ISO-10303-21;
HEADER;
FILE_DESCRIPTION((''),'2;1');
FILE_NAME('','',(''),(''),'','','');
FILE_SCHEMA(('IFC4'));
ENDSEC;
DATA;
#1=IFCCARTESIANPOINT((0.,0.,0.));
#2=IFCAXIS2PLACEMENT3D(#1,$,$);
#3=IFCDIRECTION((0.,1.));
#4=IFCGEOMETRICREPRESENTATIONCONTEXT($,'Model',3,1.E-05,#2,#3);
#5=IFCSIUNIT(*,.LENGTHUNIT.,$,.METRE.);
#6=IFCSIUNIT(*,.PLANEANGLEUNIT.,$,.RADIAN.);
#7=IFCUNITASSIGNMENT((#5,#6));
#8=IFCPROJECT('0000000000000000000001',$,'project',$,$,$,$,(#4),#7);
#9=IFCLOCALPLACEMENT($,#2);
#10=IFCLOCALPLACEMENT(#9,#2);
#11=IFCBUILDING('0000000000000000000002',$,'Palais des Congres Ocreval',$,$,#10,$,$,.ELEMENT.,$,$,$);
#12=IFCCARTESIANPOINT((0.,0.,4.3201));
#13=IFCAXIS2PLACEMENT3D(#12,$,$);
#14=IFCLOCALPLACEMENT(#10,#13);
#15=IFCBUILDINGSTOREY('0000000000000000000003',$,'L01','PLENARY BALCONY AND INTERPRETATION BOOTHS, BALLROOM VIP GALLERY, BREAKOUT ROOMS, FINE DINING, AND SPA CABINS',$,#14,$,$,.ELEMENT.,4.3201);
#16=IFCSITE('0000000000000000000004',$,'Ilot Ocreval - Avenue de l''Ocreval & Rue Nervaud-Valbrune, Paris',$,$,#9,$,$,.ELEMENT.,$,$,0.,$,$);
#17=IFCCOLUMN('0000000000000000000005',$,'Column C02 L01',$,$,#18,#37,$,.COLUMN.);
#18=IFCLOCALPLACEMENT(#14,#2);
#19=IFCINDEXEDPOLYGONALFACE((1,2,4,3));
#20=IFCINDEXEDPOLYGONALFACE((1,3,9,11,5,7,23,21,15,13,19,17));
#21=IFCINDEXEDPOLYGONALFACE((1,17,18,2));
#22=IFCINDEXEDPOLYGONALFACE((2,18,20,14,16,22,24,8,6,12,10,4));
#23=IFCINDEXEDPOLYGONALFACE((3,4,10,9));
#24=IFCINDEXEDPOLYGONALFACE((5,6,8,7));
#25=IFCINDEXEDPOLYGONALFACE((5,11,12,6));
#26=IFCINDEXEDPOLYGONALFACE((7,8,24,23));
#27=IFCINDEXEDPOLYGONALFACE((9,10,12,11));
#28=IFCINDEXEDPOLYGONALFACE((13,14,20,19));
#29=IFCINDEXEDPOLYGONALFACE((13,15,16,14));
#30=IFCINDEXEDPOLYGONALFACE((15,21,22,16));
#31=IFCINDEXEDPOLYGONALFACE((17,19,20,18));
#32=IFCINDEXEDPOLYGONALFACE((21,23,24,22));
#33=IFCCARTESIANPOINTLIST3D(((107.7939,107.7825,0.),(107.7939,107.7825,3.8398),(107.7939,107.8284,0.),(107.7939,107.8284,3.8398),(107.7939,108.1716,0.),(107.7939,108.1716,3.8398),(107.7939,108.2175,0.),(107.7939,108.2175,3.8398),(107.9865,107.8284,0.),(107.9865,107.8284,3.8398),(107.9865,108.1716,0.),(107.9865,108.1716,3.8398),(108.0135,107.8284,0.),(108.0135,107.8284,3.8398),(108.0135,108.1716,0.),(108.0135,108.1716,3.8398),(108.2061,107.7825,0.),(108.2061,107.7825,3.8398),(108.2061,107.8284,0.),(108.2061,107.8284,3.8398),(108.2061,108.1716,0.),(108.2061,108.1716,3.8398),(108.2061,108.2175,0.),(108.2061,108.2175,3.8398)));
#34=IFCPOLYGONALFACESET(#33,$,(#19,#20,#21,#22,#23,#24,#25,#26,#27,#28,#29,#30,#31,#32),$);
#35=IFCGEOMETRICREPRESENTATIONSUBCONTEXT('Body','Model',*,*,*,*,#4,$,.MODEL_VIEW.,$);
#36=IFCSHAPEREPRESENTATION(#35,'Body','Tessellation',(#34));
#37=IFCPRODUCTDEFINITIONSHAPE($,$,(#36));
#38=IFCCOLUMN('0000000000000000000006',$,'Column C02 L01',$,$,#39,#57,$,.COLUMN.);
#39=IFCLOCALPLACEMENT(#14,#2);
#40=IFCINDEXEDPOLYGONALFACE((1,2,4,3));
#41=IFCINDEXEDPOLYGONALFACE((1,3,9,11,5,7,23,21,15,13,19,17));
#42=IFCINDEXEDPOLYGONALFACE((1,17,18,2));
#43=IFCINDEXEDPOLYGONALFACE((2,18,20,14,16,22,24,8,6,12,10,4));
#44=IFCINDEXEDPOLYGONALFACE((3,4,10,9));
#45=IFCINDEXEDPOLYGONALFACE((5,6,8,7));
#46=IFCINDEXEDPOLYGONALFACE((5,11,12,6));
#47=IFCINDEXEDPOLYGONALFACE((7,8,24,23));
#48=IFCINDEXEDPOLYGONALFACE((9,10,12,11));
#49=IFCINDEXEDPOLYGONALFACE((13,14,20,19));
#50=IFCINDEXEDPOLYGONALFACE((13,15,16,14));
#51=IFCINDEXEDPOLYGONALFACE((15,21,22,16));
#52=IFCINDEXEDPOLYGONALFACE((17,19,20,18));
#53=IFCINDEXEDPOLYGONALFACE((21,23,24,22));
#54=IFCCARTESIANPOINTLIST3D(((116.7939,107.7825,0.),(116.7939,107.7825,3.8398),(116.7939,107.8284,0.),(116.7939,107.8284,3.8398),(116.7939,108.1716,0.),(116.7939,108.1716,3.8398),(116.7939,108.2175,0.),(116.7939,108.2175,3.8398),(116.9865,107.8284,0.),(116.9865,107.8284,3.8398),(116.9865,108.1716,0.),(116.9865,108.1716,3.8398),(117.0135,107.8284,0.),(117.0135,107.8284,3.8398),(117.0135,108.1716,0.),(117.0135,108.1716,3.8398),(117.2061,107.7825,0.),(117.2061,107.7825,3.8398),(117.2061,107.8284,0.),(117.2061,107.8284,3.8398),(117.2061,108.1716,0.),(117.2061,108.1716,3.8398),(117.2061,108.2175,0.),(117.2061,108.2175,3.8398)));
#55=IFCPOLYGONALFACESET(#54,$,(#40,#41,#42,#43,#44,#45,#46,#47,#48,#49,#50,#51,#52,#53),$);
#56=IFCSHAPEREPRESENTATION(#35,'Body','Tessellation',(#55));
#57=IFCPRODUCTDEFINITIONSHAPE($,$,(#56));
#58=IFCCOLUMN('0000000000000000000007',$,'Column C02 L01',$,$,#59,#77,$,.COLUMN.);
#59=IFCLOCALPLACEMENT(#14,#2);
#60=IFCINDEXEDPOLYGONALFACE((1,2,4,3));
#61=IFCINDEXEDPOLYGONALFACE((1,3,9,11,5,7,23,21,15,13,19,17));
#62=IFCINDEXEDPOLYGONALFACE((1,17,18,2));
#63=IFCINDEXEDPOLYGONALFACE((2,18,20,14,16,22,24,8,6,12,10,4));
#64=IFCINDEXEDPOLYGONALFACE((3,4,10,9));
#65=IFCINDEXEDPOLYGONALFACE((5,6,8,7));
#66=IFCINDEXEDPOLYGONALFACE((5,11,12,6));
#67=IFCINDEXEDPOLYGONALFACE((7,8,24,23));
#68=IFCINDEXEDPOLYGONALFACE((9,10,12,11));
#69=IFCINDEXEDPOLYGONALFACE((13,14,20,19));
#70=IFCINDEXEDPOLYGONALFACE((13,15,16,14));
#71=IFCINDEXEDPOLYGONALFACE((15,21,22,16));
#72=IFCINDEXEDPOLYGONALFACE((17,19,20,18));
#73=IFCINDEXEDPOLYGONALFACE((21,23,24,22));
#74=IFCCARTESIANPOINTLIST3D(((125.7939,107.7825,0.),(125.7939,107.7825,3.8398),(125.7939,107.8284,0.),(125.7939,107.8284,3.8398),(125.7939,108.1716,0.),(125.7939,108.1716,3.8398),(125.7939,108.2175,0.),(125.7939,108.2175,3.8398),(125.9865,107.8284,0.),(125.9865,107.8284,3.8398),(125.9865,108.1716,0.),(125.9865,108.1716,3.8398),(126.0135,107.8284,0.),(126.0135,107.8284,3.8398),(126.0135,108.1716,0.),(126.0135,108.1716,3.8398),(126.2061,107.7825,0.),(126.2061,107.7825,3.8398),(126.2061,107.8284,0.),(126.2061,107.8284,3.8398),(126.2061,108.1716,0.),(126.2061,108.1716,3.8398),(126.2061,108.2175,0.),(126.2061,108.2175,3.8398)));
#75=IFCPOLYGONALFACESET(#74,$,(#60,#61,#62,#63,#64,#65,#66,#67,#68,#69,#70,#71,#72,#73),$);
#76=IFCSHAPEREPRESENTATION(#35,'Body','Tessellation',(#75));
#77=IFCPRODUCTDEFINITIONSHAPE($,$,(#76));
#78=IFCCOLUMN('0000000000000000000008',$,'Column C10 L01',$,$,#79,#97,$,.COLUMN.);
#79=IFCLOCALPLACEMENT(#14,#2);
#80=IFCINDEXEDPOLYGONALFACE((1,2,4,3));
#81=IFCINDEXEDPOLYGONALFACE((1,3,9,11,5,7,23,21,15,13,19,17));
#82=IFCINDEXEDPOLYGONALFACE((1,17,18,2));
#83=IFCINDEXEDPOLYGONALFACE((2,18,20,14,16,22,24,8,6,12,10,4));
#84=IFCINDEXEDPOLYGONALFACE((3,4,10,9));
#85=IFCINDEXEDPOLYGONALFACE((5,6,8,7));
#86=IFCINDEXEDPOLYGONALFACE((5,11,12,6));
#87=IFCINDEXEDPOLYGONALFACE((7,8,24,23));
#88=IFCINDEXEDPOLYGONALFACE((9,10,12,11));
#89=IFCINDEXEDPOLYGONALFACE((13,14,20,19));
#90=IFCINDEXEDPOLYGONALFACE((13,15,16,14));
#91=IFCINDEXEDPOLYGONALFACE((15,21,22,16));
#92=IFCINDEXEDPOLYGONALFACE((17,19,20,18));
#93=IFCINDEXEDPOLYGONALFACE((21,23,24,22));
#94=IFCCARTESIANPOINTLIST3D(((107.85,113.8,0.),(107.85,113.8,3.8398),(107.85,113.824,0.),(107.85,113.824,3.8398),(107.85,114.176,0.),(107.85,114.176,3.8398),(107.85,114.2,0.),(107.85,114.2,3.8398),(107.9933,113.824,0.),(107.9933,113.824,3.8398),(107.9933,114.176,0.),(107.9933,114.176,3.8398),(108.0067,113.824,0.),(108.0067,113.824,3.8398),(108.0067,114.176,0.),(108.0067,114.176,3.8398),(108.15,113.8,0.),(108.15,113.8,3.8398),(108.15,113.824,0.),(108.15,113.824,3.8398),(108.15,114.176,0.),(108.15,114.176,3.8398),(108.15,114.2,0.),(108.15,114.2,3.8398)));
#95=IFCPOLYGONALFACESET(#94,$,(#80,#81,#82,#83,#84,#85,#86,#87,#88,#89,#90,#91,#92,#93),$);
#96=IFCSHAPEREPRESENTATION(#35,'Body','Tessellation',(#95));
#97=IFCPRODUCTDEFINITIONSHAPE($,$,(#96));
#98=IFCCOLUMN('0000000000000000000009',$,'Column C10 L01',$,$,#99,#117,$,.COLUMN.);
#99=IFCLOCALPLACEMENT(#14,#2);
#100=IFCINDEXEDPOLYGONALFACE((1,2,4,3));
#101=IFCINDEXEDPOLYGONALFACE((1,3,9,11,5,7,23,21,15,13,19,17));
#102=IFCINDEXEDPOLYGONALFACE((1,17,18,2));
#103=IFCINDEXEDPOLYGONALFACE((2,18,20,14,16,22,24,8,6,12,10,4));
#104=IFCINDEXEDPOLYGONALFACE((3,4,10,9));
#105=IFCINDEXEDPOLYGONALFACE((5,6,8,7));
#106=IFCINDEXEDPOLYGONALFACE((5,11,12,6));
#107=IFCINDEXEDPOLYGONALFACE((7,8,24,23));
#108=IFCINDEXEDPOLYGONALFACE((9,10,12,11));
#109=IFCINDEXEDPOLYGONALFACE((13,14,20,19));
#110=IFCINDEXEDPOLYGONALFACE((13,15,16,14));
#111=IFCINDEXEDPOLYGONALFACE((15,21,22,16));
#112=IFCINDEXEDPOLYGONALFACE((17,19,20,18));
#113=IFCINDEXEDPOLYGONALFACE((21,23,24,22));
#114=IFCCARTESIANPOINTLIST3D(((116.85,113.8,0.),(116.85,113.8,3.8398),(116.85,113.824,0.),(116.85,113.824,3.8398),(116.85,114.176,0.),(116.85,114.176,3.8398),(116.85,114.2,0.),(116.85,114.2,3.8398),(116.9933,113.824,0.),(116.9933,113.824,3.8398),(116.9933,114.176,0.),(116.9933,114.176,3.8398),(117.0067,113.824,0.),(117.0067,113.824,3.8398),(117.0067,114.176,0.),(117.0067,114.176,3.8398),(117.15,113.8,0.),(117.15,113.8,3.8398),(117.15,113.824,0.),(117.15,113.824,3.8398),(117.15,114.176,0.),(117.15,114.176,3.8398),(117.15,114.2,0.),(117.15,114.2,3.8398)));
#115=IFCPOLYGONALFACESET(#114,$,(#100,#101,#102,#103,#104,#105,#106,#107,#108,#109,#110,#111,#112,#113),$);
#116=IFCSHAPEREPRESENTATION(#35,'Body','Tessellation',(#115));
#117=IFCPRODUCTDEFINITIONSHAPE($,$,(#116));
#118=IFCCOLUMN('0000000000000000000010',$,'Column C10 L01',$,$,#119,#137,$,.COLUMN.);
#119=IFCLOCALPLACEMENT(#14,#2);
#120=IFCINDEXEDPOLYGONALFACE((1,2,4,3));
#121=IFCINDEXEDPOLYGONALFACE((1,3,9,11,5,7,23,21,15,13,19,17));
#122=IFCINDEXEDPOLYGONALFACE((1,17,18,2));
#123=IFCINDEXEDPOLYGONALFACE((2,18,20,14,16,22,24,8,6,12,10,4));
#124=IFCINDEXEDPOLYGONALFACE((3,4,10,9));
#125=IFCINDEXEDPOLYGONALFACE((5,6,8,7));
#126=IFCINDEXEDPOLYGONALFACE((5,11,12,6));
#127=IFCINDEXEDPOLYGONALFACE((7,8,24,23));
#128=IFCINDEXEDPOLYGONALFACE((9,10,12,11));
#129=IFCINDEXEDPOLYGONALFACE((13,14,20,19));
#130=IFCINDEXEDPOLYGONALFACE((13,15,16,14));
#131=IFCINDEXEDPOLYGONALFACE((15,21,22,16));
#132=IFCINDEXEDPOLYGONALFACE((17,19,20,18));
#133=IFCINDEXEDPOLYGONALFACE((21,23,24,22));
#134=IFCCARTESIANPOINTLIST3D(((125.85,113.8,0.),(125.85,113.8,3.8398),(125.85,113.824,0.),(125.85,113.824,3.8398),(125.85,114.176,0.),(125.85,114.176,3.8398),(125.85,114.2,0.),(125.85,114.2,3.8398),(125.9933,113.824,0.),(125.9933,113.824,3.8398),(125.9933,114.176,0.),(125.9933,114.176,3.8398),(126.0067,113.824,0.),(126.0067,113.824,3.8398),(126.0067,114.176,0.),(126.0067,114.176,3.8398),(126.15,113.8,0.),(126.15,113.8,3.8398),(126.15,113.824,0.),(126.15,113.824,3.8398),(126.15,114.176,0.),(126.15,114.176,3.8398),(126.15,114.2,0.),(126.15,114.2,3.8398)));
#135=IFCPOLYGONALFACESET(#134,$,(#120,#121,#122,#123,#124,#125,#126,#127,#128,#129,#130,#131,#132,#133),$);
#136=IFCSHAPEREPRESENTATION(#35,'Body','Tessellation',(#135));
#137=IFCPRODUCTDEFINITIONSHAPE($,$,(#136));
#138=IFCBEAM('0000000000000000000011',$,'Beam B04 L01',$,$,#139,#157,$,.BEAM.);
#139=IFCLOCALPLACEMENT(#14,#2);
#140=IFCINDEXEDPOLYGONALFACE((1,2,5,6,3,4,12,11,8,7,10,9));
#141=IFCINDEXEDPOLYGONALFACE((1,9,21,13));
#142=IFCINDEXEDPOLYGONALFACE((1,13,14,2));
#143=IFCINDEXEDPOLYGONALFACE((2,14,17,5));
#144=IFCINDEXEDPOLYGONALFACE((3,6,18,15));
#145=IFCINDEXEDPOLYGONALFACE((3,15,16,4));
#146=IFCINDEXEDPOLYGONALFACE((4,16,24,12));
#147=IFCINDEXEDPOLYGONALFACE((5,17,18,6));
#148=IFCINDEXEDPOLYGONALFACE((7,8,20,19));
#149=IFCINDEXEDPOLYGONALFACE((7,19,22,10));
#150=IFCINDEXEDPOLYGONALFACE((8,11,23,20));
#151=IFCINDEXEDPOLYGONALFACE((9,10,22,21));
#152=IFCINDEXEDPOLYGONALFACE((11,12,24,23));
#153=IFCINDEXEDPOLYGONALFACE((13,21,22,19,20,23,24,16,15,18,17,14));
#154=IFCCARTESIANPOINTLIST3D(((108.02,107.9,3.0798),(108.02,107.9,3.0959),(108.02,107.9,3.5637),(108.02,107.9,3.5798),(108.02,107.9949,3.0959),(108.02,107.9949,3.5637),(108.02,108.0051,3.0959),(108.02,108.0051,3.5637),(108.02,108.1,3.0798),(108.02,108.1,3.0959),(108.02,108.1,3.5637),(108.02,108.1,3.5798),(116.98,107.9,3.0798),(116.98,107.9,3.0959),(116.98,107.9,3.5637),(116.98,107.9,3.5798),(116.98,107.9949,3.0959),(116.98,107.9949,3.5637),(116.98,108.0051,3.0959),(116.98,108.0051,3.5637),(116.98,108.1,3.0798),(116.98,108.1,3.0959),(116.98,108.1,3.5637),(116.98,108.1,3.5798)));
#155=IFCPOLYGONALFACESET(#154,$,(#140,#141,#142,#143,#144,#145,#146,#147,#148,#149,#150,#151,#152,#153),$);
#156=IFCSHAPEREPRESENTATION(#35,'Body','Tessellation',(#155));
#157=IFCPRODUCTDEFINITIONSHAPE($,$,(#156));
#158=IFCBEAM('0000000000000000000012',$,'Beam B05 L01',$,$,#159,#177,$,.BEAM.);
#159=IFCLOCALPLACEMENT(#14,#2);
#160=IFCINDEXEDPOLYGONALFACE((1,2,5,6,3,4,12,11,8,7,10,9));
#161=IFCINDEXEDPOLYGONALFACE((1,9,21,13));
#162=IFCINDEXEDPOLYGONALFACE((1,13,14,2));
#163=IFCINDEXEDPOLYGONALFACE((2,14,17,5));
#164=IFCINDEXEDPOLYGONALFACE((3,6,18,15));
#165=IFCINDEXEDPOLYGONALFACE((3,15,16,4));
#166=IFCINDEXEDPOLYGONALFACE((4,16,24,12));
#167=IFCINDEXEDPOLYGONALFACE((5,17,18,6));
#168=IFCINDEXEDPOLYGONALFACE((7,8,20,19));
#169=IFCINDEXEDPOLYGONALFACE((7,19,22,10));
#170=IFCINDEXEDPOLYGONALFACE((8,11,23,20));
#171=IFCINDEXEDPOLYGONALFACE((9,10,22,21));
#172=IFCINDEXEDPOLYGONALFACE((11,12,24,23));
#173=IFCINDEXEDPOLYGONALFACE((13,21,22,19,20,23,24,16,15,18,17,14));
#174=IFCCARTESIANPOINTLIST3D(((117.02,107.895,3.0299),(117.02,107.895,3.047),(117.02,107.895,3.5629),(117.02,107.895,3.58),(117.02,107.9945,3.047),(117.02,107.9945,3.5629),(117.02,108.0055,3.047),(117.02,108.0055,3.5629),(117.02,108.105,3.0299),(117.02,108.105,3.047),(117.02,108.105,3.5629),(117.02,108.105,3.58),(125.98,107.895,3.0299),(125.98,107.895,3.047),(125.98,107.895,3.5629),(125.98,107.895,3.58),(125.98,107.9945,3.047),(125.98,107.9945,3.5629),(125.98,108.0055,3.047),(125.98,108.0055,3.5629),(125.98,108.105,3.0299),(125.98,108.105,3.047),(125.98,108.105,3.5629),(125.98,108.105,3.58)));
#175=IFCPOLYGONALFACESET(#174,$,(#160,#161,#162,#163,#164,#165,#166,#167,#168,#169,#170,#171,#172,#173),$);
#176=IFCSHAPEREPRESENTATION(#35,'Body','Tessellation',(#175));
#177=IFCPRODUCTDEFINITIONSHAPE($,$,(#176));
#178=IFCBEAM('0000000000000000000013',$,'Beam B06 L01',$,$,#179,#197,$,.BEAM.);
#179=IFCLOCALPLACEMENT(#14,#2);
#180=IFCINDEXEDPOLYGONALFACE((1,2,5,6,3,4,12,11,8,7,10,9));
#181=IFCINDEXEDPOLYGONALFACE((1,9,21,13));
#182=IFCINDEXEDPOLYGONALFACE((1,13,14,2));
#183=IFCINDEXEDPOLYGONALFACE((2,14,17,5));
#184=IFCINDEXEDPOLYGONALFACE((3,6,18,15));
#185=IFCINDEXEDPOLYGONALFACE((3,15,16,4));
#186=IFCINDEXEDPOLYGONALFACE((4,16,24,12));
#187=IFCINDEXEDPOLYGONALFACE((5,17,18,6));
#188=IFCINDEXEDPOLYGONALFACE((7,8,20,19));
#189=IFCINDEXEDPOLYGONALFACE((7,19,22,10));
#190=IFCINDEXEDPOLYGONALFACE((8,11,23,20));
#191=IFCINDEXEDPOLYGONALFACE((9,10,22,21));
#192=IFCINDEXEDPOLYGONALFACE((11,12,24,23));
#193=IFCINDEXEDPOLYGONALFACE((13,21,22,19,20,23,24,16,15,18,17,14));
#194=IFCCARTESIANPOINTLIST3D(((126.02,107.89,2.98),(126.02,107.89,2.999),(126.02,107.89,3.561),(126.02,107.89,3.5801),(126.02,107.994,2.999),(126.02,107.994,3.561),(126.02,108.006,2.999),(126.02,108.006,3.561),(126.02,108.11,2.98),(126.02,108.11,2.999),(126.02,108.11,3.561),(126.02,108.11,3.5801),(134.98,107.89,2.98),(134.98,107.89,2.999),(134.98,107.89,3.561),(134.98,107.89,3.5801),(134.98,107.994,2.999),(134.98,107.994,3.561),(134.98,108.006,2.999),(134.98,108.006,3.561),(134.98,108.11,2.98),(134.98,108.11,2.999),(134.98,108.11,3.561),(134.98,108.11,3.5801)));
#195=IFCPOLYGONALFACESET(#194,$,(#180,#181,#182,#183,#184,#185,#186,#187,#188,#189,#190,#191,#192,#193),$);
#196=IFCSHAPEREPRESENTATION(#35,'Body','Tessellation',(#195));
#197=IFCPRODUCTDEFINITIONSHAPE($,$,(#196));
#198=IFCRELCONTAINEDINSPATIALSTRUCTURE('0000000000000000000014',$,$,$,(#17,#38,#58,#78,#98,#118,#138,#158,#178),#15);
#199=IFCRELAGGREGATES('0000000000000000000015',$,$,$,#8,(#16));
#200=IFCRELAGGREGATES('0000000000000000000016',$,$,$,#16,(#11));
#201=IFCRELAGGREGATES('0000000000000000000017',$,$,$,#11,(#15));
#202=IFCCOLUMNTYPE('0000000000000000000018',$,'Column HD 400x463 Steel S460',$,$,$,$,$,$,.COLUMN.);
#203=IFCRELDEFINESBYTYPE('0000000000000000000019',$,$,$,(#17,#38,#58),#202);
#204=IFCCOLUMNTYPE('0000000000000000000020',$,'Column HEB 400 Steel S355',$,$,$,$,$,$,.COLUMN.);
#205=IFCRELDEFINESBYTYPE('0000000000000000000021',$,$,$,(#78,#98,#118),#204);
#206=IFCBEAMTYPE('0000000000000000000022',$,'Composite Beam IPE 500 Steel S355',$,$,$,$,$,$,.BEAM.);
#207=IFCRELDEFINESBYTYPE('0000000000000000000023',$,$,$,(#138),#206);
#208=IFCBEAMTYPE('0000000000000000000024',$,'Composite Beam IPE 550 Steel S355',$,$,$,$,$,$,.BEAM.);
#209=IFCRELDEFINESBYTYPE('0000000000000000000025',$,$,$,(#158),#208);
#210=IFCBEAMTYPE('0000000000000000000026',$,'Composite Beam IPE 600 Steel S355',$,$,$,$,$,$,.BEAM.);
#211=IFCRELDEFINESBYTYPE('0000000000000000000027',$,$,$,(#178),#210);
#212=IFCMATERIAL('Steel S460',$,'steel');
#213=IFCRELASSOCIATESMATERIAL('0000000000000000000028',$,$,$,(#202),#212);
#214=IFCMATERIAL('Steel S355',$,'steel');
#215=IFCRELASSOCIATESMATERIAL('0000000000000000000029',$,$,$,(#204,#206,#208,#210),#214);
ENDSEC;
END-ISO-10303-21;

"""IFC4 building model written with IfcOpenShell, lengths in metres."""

from ifc_helpers import new_model, si_unit, direction, frame, origin, origin_2d, place, context, subcontext, project, spatial, i_section, extrude, material, material_profile, profile_set, type_object, element, save


model = new_model("IFC4")

# Units and contexts
model_context = context("Model", 3, precision=1e-05, world=origin(), true_north=direction((0.0, 1.0)))
body_context = subcontext(model_context, "Body", "Model", "MODEL_VIEW")
ifc_project = project(units=[si_unit("LENGTHUNIT", "METRE"), si_unit("PLANEANGLEUNIT", "RADIAN")], contexts=[model_context])

# Site, building, storey
site_placement = place(None, origin())
site = spatial("IfcSite", under=ifc_project, at=site_placement, Name="Ilot Ocreval - Avenue de l'Ocreval & Rue Nervaud-Valbrune, Paris", CompositionType="ELEMENT", RefElevation=0.0)
building_placement = place(site_placement, origin())
building = spatial("IfcBuilding", under=site, at=building_placement, Name="Palais des Congres Ocreval", CompositionType="ELEMENT")
storey_placement = place(building_placement, frame((0.0, 0.0, 4.3201)))
storey = spatial("IfcBuildingStorey", under=building, at=storey_placement, Name="L01", Description="PLENARY BALCONY AND INTERPRETATION BOOTHS, BALLROOM VIP GALLERY, BREAKOUT ROOMS, FINE DINING, AND SPA CABINS", CompositionType="ELEMENT", Elevation=4.3201)

# Columns
ifc_material_1 = material(Name="Steel S460", Category="steel")
ifc_material_profile_1 = material_profile(ifc_material_1, i_section(OverallWidth=0.4121, OverallDepth=0.4351, WebThickness=0.0271, FlangeThickness=0.0459, at=origin_2d()), Name="HD 400x463")
ifc_profile_set_1 = profile_set([ifc_material_profile_1], Name="Steel S460")
column_type_1 = type_object("IfcColumnType", Name="Column HD 400x463 Steel S460", PredefinedType="COLUMN", material=ifc_profile_set_1)
for number, where, z_axis, x_axis, name in (
    (1, (108.0, 108.0, 0.0), (0.0, 0.0, 1.0), (1.0, 0.0, 0.0), "Column C02 L01"),
    (2, (117.0, 108.0, 0.0), (0.0, 0.0, 1.0), (1.0, 0.0, 0.0), "Column C02 L01"),
    (3, (126.0, 108.0, 0.0), (0.0, 0.0, 1.0), (1.0, 0.0, 0.0), "Column C02 L01"),
):
    element("IfcColumn", number, at=place(storey_placement, frame(where, z_axis=z_axis, x_axis=x_axis)), inside=storey, type_object=column_type_1, Name=name, PredefinedType="COLUMN", context=body_context, shape_type="SweptSolid", body=[
        extrude(i_section(OverallWidth=0.4121, OverallDepth=0.4351, WebThickness=0.0271, FlangeThickness=0.0459, at=origin_2d()), origin(), (0.0, 0.0, 1.0), 3.8398),
    ])
ifc_material_2 = material(Name="Steel S355", Category="steel")
ifc_material_profile_2 = material_profile(ifc_material_2, i_section(OverallWidth=0.3, OverallDepth=0.3999, WebThickness=0.0134, FlangeThickness=0.0239, at=origin_2d()), Name="HEB 400")
ifc_profile_set_2 = profile_set([ifc_material_profile_2], Name="Steel S355")
column_type_2 = type_object("IfcColumnType", Name="Column HEB 400 Steel S355", PredefinedType="COLUMN", material=ifc_profile_set_2)
for number, where, z_axis, x_axis, name in (
    (4, (108.0, 114.0, 0.0), (0.0, 0.0, 1.0), (1.0, 0.0, 0.0), "Column C10 L01"),
    (5, (117.0, 114.0, 0.0), (0.0, 0.0, 1.0), (1.0, 0.0, 0.0), "Column C10 L01"),
    (6, (126.0, 114.0, 0.0), (0.0, 0.0, 1.0), (1.0, 0.0, 0.0), "Column C10 L01"),
):
    element("IfcColumn", number, at=place(storey_placement, frame(where, z_axis=z_axis, x_axis=x_axis)), inside=storey, type_object=column_type_2, Name=name, PredefinedType="COLUMN", context=body_context, shape_type="SweptSolid", body=[
        extrude(i_section(OverallWidth=0.3, OverallDepth=0.3999, WebThickness=0.0134, FlangeThickness=0.0239, at=origin_2d()), origin(), (0.0, 0.0, 1.0), 3.8398),
    ])

# Beams
ifc_material_profile_3 = material_profile(ifc_material_2, i_section(OverallWidth=0.2, OverallDepth=0.5, WebThickness=0.0103, FlangeThickness=0.0161, at=origin_2d()), Name="IPE 500")
ifc_profile_set_3 = profile_set([ifc_material_profile_3], Name="Steel S355")
beam_type_1 = type_object("IfcBeamType", Name="Composite Beam IPE 500 Steel S355", PredefinedType="BEAM", material=ifc_profile_set_3)
beam_1_placement = place(storey_placement, frame((108.02, 108.0, 3.3298), z_axis=(1.0, 0.0, 0.0), x_axis=(0.0, 1.0, 0.0)))
element("IfcBeam", 7, at=beam_1_placement, inside=storey, type_object=beam_type_1, Name="Beam B04 L01", PredefinedType="BEAM", context=body_context, shape_type="SweptSolid", body=[
    extrude(i_section(OverallWidth=0.2, OverallDepth=0.5, WebThickness=0.0103, FlangeThickness=0.0161, at=origin_2d()), origin(), (0.0, 0.0, 1.0), 8.96),
])
ifc_material_profile_4 = material_profile(ifc_material_2, i_section(OverallWidth=0.21, OverallDepth=0.55, WebThickness=0.011, FlangeThickness=0.0171, at=origin_2d()), Name="IPE 550")
ifc_profile_set_4 = profile_set([ifc_material_profile_4], Name="Steel S355")
beam_type_2 = type_object("IfcBeamType", Name="Composite Beam IPE 550 Steel S355", PredefinedType="BEAM", material=ifc_profile_set_4)
beam_2_placement = place(storey_placement, frame((117.02, 108.0, 3.3049), z_axis=(1.0, 0.0, 0.0), x_axis=(0.0, 1.0, 0.0)))
element("IfcBeam", 8, at=beam_2_placement, inside=storey, type_object=beam_type_2, Name="Beam B05 L01", PredefinedType="BEAM", context=body_context, shape_type="SweptSolid", body=[
    extrude(i_section(OverallWidth=0.21, OverallDepth=0.55, WebThickness=0.011, FlangeThickness=0.0171, at=origin_2d()), origin(), (0.0, 0.0, 1.0), 8.96),
])
ifc_material_profile_5 = material_profile(ifc_material_2, i_section(OverallWidth=0.22, OverallDepth=0.6001, WebThickness=0.012, FlangeThickness=0.019, at=origin_2d()), Name="IPE 600")
ifc_profile_set_5 = profile_set([ifc_material_profile_5], Name="Steel S355")
beam_type_3 = type_object("IfcBeamType", Name="Composite Beam IPE 600 Steel S355", PredefinedType="BEAM", material=ifc_profile_set_5)
beam_3_placement = place(storey_placement, frame((126.02, 108.0, 3.28), z_axis=(1.0, 0.0, 0.0), x_axis=(0.0, 1.0, 0.0)))
element("IfcBeam", 9, at=beam_3_placement, inside=storey, type_object=beam_type_3, Name="Beam B06 L01", PredefinedType="BEAM", context=body_context, shape_type="SweptSolid", body=[
    extrude(i_section(OverallWidth=0.22, OverallDepth=0.6001, WebThickness=0.012, FlangeThickness=0.019, at=origin_2d()), origin(), (0.0, 0.0, 1.0), 8.96),
])

save(model, "model.ifc")
